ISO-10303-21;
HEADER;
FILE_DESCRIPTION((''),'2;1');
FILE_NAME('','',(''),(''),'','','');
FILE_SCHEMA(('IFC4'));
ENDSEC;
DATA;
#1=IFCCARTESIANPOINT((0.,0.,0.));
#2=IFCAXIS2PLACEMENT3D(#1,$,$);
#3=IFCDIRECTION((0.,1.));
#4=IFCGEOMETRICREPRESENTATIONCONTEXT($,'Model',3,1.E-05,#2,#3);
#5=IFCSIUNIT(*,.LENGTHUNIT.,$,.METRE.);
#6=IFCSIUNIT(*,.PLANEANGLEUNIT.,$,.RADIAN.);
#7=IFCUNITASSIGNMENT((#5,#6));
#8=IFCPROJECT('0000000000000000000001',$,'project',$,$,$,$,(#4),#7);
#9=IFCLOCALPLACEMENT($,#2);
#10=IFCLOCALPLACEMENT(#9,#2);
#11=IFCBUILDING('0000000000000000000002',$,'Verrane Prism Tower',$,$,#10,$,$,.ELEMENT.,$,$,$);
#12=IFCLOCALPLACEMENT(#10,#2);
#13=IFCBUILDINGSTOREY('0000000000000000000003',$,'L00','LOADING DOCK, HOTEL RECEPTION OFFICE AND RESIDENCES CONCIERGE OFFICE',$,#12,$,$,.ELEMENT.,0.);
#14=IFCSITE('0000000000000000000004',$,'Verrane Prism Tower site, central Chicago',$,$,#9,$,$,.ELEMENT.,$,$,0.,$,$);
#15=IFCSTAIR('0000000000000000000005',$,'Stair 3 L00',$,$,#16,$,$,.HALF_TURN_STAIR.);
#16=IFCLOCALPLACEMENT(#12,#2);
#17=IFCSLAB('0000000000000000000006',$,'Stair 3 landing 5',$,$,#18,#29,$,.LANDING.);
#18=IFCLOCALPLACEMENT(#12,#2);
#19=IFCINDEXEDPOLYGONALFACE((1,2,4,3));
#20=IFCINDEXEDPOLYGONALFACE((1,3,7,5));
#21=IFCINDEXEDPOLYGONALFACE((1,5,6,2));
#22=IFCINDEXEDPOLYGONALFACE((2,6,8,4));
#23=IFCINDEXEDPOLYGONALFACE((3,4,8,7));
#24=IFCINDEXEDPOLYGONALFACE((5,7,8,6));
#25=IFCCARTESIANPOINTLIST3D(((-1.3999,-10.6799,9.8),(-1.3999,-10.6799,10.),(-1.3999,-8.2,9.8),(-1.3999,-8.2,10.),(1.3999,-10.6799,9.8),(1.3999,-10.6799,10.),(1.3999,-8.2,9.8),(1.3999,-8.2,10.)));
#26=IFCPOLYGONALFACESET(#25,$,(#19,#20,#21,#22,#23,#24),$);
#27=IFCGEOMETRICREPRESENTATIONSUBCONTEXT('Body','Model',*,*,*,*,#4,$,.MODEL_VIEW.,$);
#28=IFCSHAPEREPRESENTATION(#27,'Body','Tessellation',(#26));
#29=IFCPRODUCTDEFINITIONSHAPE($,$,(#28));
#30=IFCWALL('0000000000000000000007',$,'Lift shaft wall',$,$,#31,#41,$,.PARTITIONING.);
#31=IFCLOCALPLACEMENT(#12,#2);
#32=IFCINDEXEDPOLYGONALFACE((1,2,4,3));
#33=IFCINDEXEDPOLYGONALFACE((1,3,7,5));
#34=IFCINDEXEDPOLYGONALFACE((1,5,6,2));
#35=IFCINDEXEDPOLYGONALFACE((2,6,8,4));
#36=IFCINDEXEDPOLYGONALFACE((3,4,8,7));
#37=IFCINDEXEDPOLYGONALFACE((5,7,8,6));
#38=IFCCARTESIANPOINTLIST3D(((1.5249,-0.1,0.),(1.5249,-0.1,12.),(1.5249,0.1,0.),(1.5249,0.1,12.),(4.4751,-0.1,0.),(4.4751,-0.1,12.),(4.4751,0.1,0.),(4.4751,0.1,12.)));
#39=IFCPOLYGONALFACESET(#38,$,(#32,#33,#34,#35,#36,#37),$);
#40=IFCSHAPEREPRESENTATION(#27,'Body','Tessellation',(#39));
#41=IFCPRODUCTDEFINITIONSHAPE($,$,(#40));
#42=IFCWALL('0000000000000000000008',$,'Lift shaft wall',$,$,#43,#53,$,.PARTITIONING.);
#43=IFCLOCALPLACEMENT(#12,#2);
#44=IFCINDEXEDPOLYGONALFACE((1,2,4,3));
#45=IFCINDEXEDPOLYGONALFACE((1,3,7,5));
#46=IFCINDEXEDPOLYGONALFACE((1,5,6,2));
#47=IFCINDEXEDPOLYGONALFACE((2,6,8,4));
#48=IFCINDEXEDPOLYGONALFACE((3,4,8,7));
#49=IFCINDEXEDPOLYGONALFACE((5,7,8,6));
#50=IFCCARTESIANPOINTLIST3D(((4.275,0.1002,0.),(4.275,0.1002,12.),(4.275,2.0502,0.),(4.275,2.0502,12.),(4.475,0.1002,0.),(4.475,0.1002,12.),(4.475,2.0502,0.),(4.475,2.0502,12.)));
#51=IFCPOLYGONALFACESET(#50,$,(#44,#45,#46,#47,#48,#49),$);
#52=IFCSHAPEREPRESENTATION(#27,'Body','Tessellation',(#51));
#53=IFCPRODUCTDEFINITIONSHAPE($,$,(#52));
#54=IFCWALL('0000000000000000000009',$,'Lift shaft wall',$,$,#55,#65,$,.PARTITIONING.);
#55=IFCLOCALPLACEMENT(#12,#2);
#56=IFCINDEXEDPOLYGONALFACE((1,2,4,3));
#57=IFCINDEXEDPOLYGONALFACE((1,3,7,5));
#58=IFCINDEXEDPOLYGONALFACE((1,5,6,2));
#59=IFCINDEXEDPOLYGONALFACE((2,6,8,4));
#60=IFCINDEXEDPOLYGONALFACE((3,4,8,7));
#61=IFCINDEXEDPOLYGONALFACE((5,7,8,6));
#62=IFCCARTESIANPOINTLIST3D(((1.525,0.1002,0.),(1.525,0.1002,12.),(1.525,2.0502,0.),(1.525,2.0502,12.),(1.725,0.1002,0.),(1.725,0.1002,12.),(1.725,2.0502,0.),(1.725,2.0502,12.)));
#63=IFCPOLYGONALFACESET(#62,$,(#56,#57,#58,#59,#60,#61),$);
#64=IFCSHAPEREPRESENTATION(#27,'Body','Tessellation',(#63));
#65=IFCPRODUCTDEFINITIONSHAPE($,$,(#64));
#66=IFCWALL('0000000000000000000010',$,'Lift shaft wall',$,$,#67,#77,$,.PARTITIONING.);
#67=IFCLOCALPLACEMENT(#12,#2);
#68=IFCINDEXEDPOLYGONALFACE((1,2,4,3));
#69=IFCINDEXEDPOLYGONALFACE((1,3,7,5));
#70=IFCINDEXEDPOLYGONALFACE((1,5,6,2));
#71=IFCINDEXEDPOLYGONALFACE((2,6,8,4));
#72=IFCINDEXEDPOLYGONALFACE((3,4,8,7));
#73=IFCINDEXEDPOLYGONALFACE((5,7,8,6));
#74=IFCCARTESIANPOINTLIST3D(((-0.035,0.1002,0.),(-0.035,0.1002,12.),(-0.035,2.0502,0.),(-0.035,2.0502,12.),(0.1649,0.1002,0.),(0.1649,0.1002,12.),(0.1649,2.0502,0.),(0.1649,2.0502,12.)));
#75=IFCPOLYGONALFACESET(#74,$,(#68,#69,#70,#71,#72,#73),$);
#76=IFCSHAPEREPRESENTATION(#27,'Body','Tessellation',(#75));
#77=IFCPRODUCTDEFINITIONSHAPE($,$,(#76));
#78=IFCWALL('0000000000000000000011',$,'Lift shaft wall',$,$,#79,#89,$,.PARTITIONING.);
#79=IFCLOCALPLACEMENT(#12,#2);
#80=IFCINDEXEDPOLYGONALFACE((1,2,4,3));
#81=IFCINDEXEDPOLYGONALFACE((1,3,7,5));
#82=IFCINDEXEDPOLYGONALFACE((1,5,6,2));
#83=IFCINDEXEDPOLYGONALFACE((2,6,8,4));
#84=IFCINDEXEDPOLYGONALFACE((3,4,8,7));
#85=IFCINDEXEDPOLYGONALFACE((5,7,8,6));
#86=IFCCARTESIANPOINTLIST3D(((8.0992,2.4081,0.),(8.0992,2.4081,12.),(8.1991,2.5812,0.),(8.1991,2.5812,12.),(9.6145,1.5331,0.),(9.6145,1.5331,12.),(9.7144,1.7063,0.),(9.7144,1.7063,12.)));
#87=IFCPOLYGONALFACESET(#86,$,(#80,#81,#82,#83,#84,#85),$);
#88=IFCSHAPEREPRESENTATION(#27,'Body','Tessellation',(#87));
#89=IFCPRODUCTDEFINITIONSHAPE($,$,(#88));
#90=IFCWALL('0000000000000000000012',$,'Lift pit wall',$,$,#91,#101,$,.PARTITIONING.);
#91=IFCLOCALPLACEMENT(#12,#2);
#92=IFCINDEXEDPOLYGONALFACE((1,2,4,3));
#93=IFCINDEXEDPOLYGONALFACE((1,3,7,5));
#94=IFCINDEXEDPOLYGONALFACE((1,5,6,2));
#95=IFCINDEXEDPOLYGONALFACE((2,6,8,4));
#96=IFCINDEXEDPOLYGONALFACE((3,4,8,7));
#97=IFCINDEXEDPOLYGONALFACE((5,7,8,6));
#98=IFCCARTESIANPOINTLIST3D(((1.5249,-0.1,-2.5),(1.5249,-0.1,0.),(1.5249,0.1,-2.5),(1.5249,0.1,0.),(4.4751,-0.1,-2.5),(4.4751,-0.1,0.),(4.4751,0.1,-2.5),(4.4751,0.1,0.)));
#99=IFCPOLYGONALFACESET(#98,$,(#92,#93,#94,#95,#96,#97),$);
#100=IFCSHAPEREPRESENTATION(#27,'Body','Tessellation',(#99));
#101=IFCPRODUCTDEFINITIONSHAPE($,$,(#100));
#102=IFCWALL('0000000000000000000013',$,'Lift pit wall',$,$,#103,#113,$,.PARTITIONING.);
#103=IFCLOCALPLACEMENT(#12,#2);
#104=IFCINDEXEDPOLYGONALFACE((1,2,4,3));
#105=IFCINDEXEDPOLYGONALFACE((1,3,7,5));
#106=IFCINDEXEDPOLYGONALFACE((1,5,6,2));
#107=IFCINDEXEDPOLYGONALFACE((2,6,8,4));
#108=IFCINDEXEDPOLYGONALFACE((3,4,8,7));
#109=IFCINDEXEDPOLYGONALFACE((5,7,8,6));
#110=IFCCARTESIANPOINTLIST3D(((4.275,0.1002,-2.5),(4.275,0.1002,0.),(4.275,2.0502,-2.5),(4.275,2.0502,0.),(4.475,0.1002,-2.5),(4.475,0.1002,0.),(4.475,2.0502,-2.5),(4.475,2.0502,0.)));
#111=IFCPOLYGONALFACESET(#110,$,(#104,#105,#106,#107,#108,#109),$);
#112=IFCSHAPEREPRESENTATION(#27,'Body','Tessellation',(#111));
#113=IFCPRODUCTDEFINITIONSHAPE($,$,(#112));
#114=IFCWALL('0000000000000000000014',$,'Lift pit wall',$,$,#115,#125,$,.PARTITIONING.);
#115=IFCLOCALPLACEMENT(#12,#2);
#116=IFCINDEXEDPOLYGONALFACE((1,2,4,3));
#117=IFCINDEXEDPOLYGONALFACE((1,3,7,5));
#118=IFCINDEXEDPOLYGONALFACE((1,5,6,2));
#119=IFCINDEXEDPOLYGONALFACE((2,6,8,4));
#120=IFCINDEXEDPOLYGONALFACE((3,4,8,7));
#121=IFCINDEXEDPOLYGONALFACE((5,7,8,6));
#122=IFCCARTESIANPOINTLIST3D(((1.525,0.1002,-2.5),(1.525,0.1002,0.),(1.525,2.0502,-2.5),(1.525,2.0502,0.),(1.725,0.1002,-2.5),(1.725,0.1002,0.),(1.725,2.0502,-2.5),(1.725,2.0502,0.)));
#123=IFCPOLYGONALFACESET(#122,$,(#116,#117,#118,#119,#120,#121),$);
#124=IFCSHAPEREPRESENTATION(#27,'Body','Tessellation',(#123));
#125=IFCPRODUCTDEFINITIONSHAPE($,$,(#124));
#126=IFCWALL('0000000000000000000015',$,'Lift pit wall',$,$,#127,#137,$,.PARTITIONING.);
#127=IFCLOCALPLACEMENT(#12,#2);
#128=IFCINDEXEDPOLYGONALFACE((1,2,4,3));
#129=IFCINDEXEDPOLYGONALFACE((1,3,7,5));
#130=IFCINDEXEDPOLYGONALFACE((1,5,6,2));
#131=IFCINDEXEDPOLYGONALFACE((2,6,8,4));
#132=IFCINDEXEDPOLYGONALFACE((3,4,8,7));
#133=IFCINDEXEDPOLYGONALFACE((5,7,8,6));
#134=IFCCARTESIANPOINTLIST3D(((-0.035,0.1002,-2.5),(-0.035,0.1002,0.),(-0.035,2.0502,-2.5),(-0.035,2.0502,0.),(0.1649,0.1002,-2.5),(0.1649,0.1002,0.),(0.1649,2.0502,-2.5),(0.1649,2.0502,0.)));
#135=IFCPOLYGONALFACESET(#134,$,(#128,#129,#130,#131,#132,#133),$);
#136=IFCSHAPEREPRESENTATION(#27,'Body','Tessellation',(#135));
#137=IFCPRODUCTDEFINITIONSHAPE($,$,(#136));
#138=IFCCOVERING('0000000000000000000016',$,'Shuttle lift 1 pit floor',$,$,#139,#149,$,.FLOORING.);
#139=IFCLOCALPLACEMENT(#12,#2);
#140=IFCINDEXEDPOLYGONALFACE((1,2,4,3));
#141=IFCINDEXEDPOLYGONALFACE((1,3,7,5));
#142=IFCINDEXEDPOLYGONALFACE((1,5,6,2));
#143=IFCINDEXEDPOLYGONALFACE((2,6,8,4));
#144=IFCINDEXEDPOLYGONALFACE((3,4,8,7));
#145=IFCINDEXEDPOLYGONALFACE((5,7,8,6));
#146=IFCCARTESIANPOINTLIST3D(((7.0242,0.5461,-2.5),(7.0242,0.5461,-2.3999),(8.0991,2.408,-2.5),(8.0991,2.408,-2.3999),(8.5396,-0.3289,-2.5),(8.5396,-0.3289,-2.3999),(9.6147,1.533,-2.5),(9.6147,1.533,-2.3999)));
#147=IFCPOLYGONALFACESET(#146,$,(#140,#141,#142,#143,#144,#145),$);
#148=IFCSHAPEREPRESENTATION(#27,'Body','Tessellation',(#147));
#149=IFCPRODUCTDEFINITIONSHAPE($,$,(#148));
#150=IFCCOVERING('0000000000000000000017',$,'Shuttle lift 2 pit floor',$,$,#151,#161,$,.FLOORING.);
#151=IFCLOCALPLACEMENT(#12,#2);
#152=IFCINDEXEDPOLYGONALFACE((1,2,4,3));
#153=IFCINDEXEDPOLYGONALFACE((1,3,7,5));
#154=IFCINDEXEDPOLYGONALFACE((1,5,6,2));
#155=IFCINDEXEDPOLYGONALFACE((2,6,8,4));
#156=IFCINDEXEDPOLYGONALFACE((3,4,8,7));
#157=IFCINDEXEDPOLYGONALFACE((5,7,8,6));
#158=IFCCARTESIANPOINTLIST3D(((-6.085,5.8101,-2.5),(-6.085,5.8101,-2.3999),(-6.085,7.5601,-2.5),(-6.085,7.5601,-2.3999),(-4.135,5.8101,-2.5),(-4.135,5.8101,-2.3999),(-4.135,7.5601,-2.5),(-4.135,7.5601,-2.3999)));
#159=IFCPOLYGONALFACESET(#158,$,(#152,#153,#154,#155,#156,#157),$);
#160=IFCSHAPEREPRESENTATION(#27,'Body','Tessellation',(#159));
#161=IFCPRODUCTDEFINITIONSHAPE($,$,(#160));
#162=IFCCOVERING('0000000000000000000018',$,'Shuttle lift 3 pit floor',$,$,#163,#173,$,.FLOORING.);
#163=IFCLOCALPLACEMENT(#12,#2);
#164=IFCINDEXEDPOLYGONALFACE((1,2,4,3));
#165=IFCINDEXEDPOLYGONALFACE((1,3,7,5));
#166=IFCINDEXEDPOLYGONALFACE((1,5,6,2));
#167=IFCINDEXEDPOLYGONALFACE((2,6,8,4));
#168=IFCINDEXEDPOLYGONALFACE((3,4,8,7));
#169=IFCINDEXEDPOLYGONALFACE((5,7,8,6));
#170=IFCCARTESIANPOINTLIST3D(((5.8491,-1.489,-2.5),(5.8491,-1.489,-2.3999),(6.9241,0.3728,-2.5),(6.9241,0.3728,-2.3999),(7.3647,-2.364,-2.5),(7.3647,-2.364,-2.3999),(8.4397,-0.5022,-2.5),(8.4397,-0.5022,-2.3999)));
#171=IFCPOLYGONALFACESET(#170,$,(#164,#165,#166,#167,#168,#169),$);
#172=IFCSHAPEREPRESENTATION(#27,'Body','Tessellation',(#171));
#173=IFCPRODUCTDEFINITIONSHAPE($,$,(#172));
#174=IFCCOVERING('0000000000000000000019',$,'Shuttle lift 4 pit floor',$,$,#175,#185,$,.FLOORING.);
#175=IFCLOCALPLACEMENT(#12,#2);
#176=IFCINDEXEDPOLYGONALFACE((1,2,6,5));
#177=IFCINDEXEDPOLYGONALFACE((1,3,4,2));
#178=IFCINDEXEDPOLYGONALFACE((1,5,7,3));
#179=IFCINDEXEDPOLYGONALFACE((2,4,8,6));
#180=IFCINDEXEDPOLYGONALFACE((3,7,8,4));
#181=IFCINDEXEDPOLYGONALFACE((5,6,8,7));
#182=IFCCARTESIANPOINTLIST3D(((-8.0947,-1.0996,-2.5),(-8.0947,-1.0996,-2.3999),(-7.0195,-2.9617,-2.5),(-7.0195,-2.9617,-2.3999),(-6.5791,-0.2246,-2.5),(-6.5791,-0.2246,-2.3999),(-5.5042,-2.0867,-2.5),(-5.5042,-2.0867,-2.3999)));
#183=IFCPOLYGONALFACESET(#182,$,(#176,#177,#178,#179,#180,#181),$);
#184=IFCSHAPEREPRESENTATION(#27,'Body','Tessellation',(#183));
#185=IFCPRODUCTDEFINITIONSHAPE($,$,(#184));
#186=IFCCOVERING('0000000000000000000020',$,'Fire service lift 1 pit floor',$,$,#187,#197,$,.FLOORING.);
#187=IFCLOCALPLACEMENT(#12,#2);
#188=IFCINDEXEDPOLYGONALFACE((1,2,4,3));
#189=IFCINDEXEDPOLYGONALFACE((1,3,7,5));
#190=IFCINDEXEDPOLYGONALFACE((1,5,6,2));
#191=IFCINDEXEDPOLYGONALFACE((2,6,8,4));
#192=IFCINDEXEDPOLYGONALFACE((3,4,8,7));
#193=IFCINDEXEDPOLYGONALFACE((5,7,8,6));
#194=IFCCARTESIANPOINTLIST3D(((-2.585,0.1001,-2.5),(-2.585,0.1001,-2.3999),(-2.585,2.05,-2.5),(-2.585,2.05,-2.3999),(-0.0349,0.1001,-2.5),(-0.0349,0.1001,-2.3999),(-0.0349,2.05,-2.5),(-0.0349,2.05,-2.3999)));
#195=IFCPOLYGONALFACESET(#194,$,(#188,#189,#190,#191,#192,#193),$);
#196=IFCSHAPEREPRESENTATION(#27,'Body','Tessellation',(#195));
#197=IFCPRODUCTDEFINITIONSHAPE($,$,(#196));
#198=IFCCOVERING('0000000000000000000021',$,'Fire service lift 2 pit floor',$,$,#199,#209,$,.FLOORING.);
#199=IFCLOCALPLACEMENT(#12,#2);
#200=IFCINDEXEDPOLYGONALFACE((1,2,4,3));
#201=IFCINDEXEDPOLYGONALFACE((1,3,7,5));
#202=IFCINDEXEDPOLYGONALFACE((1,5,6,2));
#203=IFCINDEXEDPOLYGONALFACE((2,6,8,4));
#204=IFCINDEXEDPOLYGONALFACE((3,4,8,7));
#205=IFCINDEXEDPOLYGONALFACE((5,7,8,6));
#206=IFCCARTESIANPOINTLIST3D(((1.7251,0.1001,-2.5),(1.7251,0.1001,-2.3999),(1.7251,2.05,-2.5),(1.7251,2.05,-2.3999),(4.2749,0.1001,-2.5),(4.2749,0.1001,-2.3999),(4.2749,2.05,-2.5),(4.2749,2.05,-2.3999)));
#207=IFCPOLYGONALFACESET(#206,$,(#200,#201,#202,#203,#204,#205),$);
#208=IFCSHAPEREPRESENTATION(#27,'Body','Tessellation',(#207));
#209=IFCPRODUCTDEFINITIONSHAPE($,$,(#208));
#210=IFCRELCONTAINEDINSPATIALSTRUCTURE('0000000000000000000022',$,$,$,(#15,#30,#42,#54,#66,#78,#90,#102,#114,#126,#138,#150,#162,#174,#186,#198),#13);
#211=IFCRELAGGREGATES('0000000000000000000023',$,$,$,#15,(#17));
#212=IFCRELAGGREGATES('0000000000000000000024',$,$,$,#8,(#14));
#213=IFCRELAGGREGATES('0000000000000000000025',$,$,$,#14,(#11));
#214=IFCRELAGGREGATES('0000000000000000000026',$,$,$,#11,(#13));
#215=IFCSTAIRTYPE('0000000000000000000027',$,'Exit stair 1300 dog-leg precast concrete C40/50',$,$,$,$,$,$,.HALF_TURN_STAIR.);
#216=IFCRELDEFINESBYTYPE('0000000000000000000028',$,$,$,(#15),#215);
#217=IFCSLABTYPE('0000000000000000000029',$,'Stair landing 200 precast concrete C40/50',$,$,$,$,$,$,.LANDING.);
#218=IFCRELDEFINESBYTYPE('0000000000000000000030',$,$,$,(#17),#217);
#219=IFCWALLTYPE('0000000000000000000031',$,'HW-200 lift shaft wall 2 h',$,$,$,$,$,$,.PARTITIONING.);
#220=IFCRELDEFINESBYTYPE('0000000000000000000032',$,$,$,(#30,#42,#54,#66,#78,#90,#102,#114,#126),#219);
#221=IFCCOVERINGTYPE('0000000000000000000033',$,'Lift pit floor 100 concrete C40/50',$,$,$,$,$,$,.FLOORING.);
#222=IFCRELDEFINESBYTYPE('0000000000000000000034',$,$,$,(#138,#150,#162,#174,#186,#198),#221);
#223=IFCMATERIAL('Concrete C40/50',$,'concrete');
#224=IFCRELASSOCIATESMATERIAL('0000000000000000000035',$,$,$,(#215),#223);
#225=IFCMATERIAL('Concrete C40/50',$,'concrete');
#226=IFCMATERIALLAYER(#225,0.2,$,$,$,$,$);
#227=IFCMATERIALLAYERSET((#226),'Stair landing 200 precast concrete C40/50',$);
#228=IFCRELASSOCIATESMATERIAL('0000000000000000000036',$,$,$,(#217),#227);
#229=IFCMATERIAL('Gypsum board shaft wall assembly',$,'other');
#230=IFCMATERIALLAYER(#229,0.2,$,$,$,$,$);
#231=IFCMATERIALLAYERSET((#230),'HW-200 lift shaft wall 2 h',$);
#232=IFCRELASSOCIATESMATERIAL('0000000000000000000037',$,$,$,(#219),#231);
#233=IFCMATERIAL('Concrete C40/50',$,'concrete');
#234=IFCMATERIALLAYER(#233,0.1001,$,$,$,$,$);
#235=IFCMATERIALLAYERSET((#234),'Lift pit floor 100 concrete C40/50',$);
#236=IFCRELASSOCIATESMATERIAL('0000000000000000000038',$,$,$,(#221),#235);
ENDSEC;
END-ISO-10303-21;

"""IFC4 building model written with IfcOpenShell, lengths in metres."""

from ifc_helpers import new_model, si_unit, direction, frame, frame_2d, origin, place, context, subcontext, project, spatial, polyline, rectangle, outline, extrude, material, layer, layer_set, type_object, element, aggregate, save


model = new_model("IFC4")

# Units and contexts
model_context = context("Model", 3, precision=1e-05, world=origin(), true_north=direction((0.0, 1.0)))
body_context = subcontext(model_context, "Body", "Model", "MODEL_VIEW")
ifc_project = project(units=[si_unit("LENGTHUNIT", "METRE"), si_unit("PLANEANGLEUNIT", "RADIAN")], contexts=[model_context])

# Site, building, storey
site_placement = place(None, origin())
site = spatial("IfcSite", under=ifc_project, at=site_placement, Name="Verrane Prism Tower site, central Chicago", CompositionType="ELEMENT", RefElevation=0.0)
building_placement = place(site_placement, origin())
building = spatial("IfcBuilding", under=site, at=building_placement, Name="Verrane Prism Tower", CompositionType="ELEMENT")
storey_placement = place(building_placement, origin())
storey = spatial("IfcBuildingStorey", under=building, at=storey_placement, Name="L00", Description="LOADING DOCK, HOTEL RECEPTION OFFICE AND RESIDENCES CONCIERGE OFFICE", CompositionType="ELEMENT", Elevation=0.0)

# Shared definitions
ifc_material_1 = material(Name="Concrete C40/50", Category="concrete")
stair_type = type_object("IfcStairType", Name="Exit stair 1300 dog-leg precast concrete C40/50", PredefinedType="HALF_TURN_STAIR", material=ifc_material_1)
ifc_material_2 = material(Name="Concrete C40/50", Category="concrete")
ifc_layer_1 = layer(ifc_material_2, 0.2)
ifc_layer_set_1 = layer_set([ifc_layer_1], Name="Stair landing 200 precast concrete C40/50")
slab_type_1 = type_object("IfcSlabType", Name="Stair landing 200 precast concrete C40/50", PredefinedType="LANDING", material=ifc_layer_set_1)

# Stair, slab
stair_1_placement = place(storey_placement, origin())
stair_1 = element("IfcStair", 1, at=stair_1_placement, inside=storey, type_object=stair_type, Name="Stair 3 L00", PredefinedType="HALF_TURN_STAIR")
slab_1_placement = place(storey_placement, frame((0.0, 0.0, 9.8)))
slab_1 = element("IfcSlab", 2, at=slab_1_placement, type_object=slab_type_1, Name="Stair 3 landing 5", PredefinedType="LANDING", context=body_context, shape_type="SweptSolid", body=[
    extrude(outline(polyline([(1.3999, -10.6799), (1.3999, -8.2), (-1.3999, -8.2), (-1.3999, -10.6799), (1.3999, -10.6799)])), origin(), (0.0, 0.0, 1.0), 0.2),
])
aggregate(stair_1, [slab_1])

# Walls
ifc_material_3 = material(Name="Gypsum board shaft wall assembly", Category="other")
ifc_layer_2 = layer(ifc_material_3, 0.2)
ifc_layer_set_2 = layer_set([ifc_layer_2], Name="HW-200 lift shaft wall 2 h")
wall_type = type_object("IfcWallType", Name="HW-200 lift shaft wall 2 h", PredefinedType="PARTITIONING", material=ifc_layer_set_2)
wall_1_placement = place(storey_placement, frame((1.5249, 0.0, 0.0), z_axis=(0.0, 0.0, 1.0), x_axis=(1.0, 0.0, 0.0)))
element("IfcWall", 3, at=wall_1_placement, inside=storey, type_object=wall_type, Name="Lift shaft wall", PredefinedType="PARTITIONING", context=body_context, shape_type="SweptSolid", body=[
    extrude(rectangle(XDim=2.9502, YDim=0.2, at=frame_2d((1.4751, 0.0))), origin(), (0.0, 0.0, 1.0), 12.0),
])
for number, where, z_axis, x_axis, name in (
    (4, (4.375, 0.1001, 0.0), (0.0, 0.0, 1.0), (0.0, 1.0, 0.0), "Lift shaft wall"),
    (5, (1.625, 0.1001, 0.0), (0.0, 0.0, 1.0), (0.0, 1.0, 0.0), "Lift shaft wall"),
    (6, (0.0649, 0.1001, 0.0), (0.0, 0.0, 1.0), (0.0, 1.0, 0.0), "Lift shaft wall"),
):
    element("IfcWall", number, at=place(storey_placement, frame(where, z_axis=z_axis, x_axis=x_axis)), inside=storey, type_object=wall_type, Name=name, PredefinedType="PARTITIONING", context=body_context, shape_type="SweptSolid", body=[
        extrude(rectangle(XDim=1.95, YDim=0.2, at=frame_2d((0.9751, 0.0))), origin(), (0.0, 0.0, 1.0), 12.0),
    ])
wall_2_placement = place(storey_placement, frame((9.6646, 1.6196, 0.0), z_axis=(0.0, 0.0, 1.0), x_axis=(-0.866002, 0.50004, 0.0)))
element("IfcWall", 7, at=wall_2_placement, inside=storey, type_object=wall_type, Name="Lift shaft wall", PredefinedType="PARTITIONING", context=body_context, shape_type="SweptSolid", body=[
    extrude(rectangle(XDim=1.7498, YDim=0.2, at=frame_2d((0.875, 0.0))), origin(), (0.0, 0.0, 1.0), 12.0),
])
wall_3_placement = place(storey_placement, frame((1.5249, 0.0, -2.5), z_axis=(0.0, 0.0, 1.0), x_axis=(1.0, 0.0, 0.0)))
element("IfcWall", 8, at=wall_3_placement, inside=storey, type_object=wall_type, Name="Lift pit wall", PredefinedType="PARTITIONING", context=body_context, shape_type="SweptSolid", body=[
    extrude(rectangle(XDim=2.9502, YDim=0.2, at=frame_2d((1.4751, 0.0))), origin(), (0.0, 0.0, 1.0), 2.5),
])
for number, where, z_axis, x_axis, name in (
    (9, (4.375, 0.1001, -2.5), (0.0, 0.0, 1.0), (0.0, 1.0, 0.0), "Lift pit wall"),
    (10, (1.625, 0.1001, -2.5), (0.0, 0.0, 1.0), (0.0, 1.0, 0.0), "Lift pit wall"),
    (11, (0.0649, 0.1001, -2.5), (0.0, 0.0, 1.0), (0.0, 1.0, 0.0), "Lift pit wall"),
):
    element("IfcWall", number, at=place(storey_placement, frame(where, z_axis=z_axis, x_axis=x_axis)), inside=storey, type_object=wall_type, Name=name, PredefinedType="PARTITIONING", context=body_context, shape_type="SweptSolid", body=[
        extrude(rectangle(XDim=1.95, YDim=0.2, at=frame_2d((0.9751, 0.0))), origin(), (0.0, 0.0, 1.0), 2.5),
    ])

# Coverings
ifc_material_4 = material(Name="Concrete C40/50", Category="concrete")
ifc_layer_3 = layer(ifc_material_4, 0.1001)
ifc_layer_set_3 = layer_set([ifc_layer_3], Name="Lift pit floor 100 concrete C40/50")
covering_type = type_object("IfcCoveringType", Name="Lift pit floor 100 concrete C40/50", PredefinedType="FLOORING", material=ifc_layer_set_3)
covering_1_placement = place(storey_placement, frame((0.0, 0.0, -2.5)))
element("IfcCovering", 12, at=covering_1_placement, inside=storey, type_object=covering_type, Name="Shuttle lift 1 pit floor", PredefinedType="FLOORING", context=body_context, shape_type="SweptSolid", body=[
    extrude(outline(polyline([(8.0991, 2.408), (9.6147, 1.533), (8.5396, -0.3289), (7.0242, 0.5461), (8.0991, 2.408)])), origin(), (0.0, 0.0, 1.0), 0.1001),
])
covering_2_placement = place(storey_placement, frame((0.0, 0.0, -2.5)))
element("IfcCovering", 13, at=covering_2_placement, inside=storey, type_object=covering_type, Name="Shuttle lift 2 pit floor", PredefinedType="FLOORING", context=body_context, shape_type="SweptSolid", body=[
    extrude(outline(polyline([(-6.085, 5.8101), (-6.085, 7.5601), (-4.135, 7.5601), (-4.135, 5.8101), (-6.085, 5.8101)])), origin(), (0.0, 0.0, 1.0), 0.1001),
])
covering_3_placement = place(storey_placement, frame((0.0, 0.0, -2.5)))
element("IfcCovering", 14, at=covering_3_placement, inside=storey, type_object=covering_type, Name="Shuttle lift 3 pit floor", PredefinedType="FLOORING", context=body_context, shape_type="SweptSolid", body=[
    extrude(outline(polyline([(6.9241, 0.3728), (8.4397, -0.5022), (7.3647, -2.364), (5.8491, -1.489), (6.9241, 0.3728)])), origin(), (0.0, 0.0, 1.0), 0.1001),
])
covering_4_placement = place(storey_placement, frame((0.0, 0.0, -2.5)))
element("IfcCovering", 15, at=covering_4_placement, inside=storey, type_object=covering_type, Name="Shuttle lift 4 pit floor", PredefinedType="FLOORING", context=body_context, shape_type="SweptSolid", body=[
    extrude(outline(polyline([(-5.5042, -2.0867), (-7.0195, -2.9617), (-8.0947, -1.0996), (-6.5791, -0.2246), (-5.5042, -2.0867)])), origin(), (0.0, 0.0, 1.0), 0.1001),
])
covering_5_placement = place(storey_placement, frame((0.0, 0.0, -2.5)))
element("IfcCovering", 16, at=covering_5_placement, inside=storey, type_object=covering_type, Name="Fire service lift 1 pit floor", PredefinedType="FLOORING", context=body_context, shape_type="SweptSolid", body=[
    extrude(outline(polyline([(-0.0349, 2.05), (-0.0349, 0.1001), (-2.585, 0.1001), (-2.585, 2.05), (-0.0349, 2.05)])), origin(), (0.0, 0.0, 1.0), 0.1001),
])
covering_6_placement = place(storey_placement, frame((0.0, 0.0, -2.5)))
element("IfcCovering", 17, at=covering_6_placement, inside=storey, type_object=covering_type, Name="Fire service lift 2 pit floor", PredefinedType="FLOORING", context=body_context, shape_type="SweptSolid", body=[
    extrude(outline(polyline([(4.2749, 2.05), (4.2749, 0.1001), (1.7251, 0.1001), (1.7251, 2.05), (4.2749, 2.05)])), origin(), (0.0, 0.0, 1.0), 0.1001),
])

save(model, "model.ifc")
